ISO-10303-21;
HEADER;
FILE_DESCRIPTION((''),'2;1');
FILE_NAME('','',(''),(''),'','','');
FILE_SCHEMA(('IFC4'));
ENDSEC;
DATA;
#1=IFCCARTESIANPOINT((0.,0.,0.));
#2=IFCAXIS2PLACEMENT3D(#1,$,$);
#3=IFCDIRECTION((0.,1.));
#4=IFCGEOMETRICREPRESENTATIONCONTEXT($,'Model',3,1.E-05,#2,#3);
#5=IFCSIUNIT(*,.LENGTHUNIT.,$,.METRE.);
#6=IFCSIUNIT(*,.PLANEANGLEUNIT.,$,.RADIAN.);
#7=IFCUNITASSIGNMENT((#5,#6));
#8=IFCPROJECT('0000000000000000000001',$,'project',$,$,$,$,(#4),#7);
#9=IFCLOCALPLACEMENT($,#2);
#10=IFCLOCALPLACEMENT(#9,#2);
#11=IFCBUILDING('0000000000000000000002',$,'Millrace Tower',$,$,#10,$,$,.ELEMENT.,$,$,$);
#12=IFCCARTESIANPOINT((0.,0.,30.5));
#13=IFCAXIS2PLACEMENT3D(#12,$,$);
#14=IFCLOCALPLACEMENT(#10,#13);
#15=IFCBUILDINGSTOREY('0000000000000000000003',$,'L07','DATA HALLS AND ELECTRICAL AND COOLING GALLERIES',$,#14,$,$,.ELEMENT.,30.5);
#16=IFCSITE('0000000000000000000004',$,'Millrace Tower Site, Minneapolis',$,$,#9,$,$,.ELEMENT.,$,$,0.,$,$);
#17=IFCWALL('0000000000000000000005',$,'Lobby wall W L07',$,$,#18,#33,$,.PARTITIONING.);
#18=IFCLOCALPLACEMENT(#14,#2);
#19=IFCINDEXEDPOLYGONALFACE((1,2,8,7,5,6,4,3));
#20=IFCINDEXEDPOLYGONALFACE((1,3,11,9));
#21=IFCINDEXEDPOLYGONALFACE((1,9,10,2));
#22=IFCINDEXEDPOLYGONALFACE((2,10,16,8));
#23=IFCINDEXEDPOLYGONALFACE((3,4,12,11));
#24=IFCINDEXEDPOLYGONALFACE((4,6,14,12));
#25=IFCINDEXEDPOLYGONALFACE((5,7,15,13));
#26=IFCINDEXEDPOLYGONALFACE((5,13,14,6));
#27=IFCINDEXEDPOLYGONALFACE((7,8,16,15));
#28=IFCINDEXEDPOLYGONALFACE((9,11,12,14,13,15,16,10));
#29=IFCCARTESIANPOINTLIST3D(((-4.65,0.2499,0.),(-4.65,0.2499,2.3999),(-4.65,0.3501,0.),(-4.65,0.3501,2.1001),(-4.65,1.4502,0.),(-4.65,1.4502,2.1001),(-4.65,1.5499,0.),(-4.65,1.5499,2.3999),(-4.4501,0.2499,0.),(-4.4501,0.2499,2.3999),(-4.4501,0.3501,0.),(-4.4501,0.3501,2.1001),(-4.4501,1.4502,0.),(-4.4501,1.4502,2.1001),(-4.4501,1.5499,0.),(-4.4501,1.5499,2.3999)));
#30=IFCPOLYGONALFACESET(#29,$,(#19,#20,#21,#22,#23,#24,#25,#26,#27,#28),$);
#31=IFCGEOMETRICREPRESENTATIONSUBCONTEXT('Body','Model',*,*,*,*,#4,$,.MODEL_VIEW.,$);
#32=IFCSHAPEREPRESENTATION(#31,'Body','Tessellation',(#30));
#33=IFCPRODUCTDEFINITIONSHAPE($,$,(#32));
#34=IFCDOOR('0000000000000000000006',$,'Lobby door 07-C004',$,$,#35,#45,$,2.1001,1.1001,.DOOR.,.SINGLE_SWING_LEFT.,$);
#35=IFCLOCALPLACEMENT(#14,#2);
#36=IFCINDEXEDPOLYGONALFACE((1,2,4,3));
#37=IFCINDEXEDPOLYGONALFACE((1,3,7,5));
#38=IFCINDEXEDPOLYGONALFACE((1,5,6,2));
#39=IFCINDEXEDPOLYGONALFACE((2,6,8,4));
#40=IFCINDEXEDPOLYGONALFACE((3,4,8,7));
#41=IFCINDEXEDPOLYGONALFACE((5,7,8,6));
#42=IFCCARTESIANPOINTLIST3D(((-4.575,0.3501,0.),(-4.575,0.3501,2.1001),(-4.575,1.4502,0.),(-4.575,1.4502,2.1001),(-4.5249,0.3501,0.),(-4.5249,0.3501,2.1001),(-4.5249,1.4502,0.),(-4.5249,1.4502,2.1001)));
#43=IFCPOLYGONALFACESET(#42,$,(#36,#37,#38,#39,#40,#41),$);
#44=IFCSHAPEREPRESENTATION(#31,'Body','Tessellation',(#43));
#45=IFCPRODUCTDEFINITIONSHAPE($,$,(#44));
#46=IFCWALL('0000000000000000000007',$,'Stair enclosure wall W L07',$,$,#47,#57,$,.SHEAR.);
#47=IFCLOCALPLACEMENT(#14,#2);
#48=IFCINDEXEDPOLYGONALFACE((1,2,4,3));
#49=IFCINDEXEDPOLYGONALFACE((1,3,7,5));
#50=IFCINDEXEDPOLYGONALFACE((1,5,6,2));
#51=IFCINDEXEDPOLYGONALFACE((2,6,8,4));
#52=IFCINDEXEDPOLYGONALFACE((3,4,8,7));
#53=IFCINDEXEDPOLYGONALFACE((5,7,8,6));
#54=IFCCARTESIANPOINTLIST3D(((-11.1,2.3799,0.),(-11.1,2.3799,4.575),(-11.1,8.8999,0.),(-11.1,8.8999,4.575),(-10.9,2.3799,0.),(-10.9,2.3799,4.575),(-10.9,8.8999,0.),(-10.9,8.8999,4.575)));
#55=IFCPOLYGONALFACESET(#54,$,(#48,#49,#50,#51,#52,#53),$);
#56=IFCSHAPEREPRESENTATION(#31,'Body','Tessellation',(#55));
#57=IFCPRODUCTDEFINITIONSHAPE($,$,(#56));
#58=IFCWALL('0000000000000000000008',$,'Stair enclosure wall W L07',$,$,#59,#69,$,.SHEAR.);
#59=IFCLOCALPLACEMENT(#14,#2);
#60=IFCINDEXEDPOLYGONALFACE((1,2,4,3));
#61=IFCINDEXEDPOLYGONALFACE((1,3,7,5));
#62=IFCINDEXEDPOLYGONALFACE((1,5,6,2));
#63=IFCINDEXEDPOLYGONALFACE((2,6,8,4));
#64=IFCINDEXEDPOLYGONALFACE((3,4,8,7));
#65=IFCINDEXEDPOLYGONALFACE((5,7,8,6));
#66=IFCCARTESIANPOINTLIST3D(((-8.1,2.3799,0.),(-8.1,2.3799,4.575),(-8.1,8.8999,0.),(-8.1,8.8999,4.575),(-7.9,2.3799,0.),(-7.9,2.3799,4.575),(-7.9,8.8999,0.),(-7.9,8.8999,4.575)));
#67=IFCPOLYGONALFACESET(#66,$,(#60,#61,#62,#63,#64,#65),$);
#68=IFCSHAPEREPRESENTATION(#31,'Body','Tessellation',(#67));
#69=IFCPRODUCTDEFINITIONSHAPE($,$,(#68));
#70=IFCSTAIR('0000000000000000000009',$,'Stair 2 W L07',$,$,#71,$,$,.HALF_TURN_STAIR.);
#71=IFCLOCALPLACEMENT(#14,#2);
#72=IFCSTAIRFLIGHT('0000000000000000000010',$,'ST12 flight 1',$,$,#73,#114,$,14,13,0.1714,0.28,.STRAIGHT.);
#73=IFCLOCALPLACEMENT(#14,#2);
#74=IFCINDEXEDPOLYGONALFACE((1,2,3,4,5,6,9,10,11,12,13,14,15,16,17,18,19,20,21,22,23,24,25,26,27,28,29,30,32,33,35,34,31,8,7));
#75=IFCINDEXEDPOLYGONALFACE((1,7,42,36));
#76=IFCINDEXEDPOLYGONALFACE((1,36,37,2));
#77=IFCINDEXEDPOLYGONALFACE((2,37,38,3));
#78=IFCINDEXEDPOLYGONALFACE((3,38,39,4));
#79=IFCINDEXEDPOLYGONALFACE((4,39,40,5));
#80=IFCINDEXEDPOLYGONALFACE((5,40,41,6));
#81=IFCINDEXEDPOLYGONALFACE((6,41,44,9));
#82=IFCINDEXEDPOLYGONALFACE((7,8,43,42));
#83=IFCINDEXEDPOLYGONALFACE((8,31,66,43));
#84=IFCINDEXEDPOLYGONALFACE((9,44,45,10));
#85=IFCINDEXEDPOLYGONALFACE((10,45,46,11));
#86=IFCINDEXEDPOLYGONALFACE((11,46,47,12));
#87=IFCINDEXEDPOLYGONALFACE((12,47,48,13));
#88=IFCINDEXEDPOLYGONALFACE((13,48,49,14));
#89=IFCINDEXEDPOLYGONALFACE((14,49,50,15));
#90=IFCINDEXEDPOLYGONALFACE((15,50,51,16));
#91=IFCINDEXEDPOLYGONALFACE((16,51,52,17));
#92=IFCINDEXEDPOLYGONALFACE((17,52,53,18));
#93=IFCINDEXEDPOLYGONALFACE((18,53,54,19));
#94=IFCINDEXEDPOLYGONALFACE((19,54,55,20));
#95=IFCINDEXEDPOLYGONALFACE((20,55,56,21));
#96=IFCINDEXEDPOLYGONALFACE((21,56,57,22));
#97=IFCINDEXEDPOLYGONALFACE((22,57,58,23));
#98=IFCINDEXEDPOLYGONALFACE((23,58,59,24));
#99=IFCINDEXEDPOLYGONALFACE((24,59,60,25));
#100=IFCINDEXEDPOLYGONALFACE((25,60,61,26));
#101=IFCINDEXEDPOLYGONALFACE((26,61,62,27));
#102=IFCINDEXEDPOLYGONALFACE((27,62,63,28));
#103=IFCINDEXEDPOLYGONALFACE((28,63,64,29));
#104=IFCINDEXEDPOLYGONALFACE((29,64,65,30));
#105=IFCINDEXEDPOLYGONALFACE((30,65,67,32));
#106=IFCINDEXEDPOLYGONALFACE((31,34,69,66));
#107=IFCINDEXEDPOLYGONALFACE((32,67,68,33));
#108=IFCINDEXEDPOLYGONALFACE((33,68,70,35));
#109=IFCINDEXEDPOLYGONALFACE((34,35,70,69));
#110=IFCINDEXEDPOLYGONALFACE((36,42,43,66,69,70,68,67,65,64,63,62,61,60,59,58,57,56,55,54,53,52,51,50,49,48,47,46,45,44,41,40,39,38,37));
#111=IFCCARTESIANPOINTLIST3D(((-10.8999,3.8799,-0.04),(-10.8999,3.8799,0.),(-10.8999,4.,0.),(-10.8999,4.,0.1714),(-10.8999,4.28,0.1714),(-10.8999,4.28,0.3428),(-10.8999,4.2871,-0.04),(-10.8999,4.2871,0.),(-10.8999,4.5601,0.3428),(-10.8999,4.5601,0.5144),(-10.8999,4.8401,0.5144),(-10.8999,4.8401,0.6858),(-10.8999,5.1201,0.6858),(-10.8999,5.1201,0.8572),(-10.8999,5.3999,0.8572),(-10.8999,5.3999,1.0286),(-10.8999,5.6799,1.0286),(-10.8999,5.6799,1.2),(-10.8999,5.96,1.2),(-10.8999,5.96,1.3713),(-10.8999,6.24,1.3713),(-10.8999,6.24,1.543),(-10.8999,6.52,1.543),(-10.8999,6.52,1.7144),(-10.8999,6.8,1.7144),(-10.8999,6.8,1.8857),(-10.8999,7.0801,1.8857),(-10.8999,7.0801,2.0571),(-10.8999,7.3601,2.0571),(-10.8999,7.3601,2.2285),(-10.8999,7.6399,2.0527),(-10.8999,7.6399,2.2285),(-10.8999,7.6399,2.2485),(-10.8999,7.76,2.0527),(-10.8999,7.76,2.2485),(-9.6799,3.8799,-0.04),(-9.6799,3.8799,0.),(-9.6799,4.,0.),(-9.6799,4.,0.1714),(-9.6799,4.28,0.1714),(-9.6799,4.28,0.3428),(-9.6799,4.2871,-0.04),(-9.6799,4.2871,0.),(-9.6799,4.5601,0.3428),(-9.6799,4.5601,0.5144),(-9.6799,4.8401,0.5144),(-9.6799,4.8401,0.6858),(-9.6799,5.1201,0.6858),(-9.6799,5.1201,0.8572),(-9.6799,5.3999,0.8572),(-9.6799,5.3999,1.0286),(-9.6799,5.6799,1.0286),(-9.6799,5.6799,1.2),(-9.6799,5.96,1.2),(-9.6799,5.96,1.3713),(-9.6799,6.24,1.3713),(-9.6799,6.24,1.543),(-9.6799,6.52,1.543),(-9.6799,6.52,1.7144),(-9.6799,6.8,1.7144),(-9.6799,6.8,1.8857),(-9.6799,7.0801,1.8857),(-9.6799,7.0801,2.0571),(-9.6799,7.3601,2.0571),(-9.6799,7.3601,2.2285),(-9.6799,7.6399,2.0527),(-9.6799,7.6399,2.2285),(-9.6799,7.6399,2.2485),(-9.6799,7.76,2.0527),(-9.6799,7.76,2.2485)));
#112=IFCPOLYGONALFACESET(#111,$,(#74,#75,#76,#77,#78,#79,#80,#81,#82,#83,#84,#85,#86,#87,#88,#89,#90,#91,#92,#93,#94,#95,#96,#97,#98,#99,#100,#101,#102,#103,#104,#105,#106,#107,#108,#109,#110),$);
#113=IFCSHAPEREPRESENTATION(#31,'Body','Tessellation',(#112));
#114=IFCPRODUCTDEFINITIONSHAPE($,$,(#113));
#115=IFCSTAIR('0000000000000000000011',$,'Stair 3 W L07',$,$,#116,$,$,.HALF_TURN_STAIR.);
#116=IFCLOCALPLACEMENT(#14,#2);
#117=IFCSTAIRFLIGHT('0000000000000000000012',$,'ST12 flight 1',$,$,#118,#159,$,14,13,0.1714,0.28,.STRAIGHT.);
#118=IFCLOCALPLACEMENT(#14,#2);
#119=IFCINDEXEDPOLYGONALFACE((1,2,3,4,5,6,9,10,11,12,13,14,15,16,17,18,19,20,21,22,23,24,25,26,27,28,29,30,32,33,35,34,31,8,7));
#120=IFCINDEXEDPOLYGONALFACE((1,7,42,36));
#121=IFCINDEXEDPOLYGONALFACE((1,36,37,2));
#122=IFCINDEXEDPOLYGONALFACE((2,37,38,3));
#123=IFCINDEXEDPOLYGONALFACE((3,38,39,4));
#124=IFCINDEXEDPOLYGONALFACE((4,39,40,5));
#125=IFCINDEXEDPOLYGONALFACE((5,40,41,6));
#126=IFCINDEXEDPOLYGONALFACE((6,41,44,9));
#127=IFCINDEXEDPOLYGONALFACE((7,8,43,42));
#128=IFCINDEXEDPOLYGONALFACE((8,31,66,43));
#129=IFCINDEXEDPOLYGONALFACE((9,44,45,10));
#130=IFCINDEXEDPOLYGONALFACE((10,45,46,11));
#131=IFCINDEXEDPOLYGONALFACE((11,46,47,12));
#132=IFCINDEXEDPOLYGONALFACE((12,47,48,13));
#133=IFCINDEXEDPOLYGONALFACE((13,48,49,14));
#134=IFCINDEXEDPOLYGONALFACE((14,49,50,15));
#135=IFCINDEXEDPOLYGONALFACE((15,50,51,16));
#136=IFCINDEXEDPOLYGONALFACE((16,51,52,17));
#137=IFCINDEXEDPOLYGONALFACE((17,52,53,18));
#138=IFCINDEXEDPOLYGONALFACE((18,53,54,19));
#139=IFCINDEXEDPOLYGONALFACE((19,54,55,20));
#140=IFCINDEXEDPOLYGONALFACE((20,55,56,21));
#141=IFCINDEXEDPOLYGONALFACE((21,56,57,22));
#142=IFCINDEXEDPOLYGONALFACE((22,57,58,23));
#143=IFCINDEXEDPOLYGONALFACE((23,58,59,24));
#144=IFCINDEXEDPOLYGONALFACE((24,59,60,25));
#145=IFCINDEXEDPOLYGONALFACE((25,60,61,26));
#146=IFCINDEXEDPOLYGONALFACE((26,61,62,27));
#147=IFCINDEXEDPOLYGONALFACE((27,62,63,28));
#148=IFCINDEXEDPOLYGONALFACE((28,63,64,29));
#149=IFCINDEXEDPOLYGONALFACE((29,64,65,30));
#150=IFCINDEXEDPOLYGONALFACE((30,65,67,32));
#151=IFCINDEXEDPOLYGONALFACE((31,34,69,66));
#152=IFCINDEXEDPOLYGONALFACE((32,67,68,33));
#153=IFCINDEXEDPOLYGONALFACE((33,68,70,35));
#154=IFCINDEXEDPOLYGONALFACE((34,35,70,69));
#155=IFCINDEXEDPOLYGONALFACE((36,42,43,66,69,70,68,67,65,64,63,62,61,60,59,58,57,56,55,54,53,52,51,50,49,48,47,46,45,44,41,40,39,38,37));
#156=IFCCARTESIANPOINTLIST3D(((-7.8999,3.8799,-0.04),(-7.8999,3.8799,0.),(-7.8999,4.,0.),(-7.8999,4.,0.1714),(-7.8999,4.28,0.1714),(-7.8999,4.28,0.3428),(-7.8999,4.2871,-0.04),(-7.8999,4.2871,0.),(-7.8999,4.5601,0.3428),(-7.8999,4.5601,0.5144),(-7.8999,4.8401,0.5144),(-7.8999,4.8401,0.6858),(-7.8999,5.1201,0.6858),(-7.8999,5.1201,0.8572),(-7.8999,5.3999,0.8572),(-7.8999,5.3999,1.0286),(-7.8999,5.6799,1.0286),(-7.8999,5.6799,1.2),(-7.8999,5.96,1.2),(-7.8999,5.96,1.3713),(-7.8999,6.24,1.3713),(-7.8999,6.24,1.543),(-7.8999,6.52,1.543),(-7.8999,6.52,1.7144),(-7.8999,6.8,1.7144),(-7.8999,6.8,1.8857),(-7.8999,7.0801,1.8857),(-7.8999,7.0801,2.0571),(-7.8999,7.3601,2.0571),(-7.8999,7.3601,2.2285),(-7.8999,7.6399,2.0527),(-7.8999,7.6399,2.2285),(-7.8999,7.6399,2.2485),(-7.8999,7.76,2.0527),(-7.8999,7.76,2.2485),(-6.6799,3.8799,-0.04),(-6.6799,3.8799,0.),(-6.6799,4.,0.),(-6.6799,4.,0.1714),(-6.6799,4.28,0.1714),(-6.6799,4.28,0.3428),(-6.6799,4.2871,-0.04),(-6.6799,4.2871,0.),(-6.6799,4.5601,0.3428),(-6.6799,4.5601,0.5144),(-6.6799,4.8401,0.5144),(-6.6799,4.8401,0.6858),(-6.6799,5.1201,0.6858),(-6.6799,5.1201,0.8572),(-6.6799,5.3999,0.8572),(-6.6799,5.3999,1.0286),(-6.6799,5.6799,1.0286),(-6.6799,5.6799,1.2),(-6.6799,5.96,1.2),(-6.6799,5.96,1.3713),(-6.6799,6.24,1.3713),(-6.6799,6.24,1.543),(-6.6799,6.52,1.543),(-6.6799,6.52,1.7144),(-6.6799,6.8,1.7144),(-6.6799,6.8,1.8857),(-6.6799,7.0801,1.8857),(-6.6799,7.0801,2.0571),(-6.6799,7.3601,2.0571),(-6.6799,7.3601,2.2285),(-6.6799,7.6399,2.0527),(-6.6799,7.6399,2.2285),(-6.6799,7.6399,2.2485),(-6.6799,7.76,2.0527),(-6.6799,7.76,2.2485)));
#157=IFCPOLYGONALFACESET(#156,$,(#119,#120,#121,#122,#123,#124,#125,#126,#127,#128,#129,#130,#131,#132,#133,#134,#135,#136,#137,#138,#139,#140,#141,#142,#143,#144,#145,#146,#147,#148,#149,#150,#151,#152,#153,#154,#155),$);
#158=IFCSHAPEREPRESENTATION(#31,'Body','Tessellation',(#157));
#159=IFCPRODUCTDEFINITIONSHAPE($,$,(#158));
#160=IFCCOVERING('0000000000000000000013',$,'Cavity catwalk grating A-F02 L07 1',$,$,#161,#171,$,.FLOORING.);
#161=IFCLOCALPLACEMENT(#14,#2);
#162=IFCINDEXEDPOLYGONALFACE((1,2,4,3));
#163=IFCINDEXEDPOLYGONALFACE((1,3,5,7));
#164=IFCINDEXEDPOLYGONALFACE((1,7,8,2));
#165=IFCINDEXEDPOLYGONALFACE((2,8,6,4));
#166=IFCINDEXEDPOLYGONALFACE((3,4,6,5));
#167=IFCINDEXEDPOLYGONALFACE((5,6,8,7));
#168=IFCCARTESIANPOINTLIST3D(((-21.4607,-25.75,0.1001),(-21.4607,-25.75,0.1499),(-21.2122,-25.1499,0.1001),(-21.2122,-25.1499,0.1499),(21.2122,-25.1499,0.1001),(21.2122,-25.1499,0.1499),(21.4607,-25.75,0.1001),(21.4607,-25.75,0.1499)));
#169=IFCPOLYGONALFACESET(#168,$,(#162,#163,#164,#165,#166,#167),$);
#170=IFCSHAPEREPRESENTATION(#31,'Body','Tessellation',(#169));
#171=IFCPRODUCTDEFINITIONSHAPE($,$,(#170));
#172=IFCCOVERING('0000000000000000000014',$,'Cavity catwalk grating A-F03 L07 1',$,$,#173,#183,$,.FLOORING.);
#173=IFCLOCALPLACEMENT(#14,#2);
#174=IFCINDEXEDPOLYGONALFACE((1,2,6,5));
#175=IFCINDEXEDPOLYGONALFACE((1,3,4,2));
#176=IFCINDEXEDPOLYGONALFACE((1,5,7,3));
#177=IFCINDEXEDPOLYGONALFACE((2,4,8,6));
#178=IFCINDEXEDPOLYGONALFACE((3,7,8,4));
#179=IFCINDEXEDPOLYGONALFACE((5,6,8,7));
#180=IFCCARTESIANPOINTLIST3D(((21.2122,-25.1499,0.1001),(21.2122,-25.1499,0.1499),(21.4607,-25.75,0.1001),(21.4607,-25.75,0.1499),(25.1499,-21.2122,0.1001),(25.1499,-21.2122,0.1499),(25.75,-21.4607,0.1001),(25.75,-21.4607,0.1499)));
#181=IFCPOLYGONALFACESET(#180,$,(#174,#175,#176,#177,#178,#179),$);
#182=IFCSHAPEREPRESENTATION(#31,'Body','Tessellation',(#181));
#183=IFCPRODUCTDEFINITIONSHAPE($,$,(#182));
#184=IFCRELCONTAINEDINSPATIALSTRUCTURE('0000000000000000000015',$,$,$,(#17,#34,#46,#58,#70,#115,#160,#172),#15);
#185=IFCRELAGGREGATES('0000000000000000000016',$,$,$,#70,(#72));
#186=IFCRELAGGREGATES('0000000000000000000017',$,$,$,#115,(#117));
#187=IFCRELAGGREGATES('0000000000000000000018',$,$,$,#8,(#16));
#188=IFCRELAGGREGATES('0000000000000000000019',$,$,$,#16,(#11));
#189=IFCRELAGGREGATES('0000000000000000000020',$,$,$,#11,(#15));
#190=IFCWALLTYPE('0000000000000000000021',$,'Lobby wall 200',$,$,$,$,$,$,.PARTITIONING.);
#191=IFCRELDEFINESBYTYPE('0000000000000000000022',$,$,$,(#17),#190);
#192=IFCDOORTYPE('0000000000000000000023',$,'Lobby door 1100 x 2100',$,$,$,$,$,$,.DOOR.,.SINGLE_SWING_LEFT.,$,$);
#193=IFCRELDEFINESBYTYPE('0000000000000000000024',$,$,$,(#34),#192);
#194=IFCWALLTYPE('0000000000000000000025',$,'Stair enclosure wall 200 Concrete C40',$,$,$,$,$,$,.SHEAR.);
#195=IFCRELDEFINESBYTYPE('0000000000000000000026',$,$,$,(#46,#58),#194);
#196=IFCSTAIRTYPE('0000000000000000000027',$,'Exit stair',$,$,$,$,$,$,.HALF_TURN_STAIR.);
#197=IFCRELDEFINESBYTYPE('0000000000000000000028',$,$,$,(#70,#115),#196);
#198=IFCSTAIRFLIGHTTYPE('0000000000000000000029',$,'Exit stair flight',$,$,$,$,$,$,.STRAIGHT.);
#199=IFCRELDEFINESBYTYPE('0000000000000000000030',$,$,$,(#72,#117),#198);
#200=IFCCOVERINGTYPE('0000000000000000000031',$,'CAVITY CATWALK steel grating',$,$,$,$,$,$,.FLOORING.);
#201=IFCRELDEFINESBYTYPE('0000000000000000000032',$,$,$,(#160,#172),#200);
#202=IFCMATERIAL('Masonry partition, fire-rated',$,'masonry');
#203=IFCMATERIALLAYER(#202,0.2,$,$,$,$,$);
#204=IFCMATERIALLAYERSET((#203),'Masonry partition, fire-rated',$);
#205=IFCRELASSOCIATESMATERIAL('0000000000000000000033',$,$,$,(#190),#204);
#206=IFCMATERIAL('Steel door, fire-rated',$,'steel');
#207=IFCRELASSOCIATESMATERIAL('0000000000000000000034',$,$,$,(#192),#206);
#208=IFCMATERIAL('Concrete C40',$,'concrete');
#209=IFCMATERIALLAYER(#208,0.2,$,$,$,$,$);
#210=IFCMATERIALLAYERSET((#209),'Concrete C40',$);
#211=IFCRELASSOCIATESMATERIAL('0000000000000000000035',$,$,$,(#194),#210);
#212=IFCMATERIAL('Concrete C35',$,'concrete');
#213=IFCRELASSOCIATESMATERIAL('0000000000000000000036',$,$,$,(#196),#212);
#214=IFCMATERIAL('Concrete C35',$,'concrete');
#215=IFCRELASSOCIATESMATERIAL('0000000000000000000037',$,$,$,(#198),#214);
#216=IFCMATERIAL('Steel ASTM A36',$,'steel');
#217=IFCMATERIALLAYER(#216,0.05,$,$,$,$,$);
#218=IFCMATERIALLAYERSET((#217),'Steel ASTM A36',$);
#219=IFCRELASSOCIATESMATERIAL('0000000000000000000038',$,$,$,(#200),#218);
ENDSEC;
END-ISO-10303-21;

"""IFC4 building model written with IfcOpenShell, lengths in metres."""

from ifc_helpers import new_model, si_unit, direction, frame, frame_2d, origin, place, context, subcontext, project, spatial, polyline, rectangle, outline, extrude, material, layer, layer_set, type_object, element, fill, aggregate, save


model = new_model("IFC4")

# Units and contexts
model_context = context("Model", 3, precision=1e-05, world=origin(), true_north=direction((0.0, 1.0)))
body_context = subcontext(model_context, "Body", "Model", "MODEL_VIEW")
ifc_project = project(units=[si_unit("LENGTHUNIT", "METRE"), si_unit("PLANEANGLEUNIT", "RADIAN")], contexts=[model_context])

# Site, building, storey
site_placement = place(None, origin())
site = spatial("IfcSite", under=ifc_project, at=site_placement, Name="Millrace Tower Site, Minneapolis", CompositionType="ELEMENT", RefElevation=0.0)
building_placement = place(site_placement, origin())
building = spatial("IfcBuilding", under=site, at=building_placement, Name="Millrace Tower", CompositionType="ELEMENT")
storey_placement = place(building_placement, frame((0.0, 0.0, 30.5)))
storey = spatial("IfcBuildingStorey", under=building, at=storey_placement, Name="L07", Description="DATA HALLS AND ELECTRICAL AND COOLING GALLERIES", CompositionType="ELEMENT", Elevation=30.5)

# Shared definitions
placement_1 = place(storey_placement, origin())

# Wall, opening, door
ifc_material_1 = material(Name="Masonry partition, fire-rated", Category="masonry")
ifc_layer_1 = layer(ifc_material_1, 0.2)
ifc_layer_set_1 = layer_set([ifc_layer_1], Name="Masonry partition, fire-rated")
wall_type_1 = type_object("IfcWallType", Name="Lobby wall 200", PredefinedType="PARTITIONING", material=ifc_layer_set_1)
wall_1_placement = place(storey_placement, frame((-4.55, 0.25, 0.0), z_axis=(0.0, 0.0, 1.0), x_axis=(0.0, 1.0, 0.0)))
wall_1 = element("IfcWall", 1, at=wall_1_placement, inside=storey, type_object=wall_type_1, Name="Lobby wall W L07", PredefinedType="PARTITIONING", context=body_context, shape_type="SweptSolid", body=[
    extrude(rectangle(XDim=1.3, YDim=0.2, at=frame_2d((0.6499, 0.0))), origin(), (0.0, 0.0, 1.0), 2.3999),
])
opening_placement = place(wall_1_placement, frame((0.1001, 0.0, 0.0)))
opening = element("IfcOpeningElement", 2, at=opening_placement, cuts=wall_1, PredefinedType="OPENING", context=body_context, shape_type="SweptSolid", body=[
    extrude(rectangle(XDim=1.1001, YDim=2.1001, at=frame_2d((0.55, 1.05))), frame((0.0, 0.1099, 0.0), z_axis=(0.0, -1.0, 0.0), x_axis=(1.0, 0.0, 0.0)), (0.0, 0.0, 1.0), 0.22),
])
ifc_material_2 = material(Name="Steel door, fire-rated", Category="steel")
door_type = type_object("IfcDoorType", Name="Lobby door 1100 x 2100", OperationType="SINGLE_SWING_LEFT", PredefinedType="DOOR", material=ifc_material_2)
door_placement = place(opening_placement, origin())
door = element("IfcDoor", 3, at=door_placement, inside=storey, type_object=door_type, Name="Lobby door 07-C004", OperationType="SINGLE_SWING_LEFT", OverallHeight=2.1001, OverallWidth=1.1001, PredefinedType="DOOR", context=body_context, shape_type="SweptSolid", body=[
    extrude(rectangle(XDim=1.1001, YDim=2.1001, at=frame_2d((0.55, 1.05))), frame((0.0, 0.0249, 0.0), z_axis=(0.0, -1.0, 0.0), x_axis=(1.0, 0.0, 0.0)), (0.0, 0.0, 1.0), 0.05),
])
fill(opening, door)

# Walls
ifc_material_3 = material(Name="Concrete C40", Category="concrete")
ifc_layer_2 = layer(ifc_material_3, 0.2)
ifc_layer_set_2 = layer_set([ifc_layer_2], Name="Concrete C40")
wall_type_2 = type_object("IfcWallType", Name="Stair enclosure wall 200 Concrete C40", PredefinedType="SHEAR", material=ifc_layer_set_2)
for number, where, z_axis, x_axis, name in (
    (4, (-11.0, 2.3799, 0.0), (0.0, 0.0, 1.0), (0.0, 1.0, 0.0), "Stair enclosure wall W L07"),
    (5, (-8.0, 2.3799, 0.0), (0.0, 0.0, 1.0), (0.0, 1.0, 0.0), "Stair enclosure wall W L07"),
):
    element("IfcWall", number, at=place(storey_placement, frame(where, z_axis=z_axis, x_axis=x_axis)), inside=storey, type_object=wall_type_2, Name=name, PredefinedType="SHEAR", context=body_context, shape_type="SweptSolid", body=[
        extrude(rectangle(XDim=6.52, YDim=0.2, at=frame_2d((3.26, 0.0))), origin(), (0.0, 0.0, 1.0), 4.575),
    ])

# Stairs, stair flights
ifc_material_4 = material(Name="Concrete C35", Category="concrete")
stair_type = type_object("IfcStairType", Name="Exit stair", PredefinedType="HALF_TURN_STAIR", material=ifc_material_4)
stair_1 = element("IfcStair", 6, at=placement_1, inside=storey, type_object=stair_type, Name="Stair 2 W L07", PredefinedType="HALF_TURN_STAIR")
ifc_material_5 = material(Name="Concrete C35", Category="concrete")
stair_flight_type = type_object("IfcStairFlightType", Name="Exit stair flight", PredefinedType="STRAIGHT", material=ifc_material_5)
stair_flight_1_placement = place(storey_placement, frame((-10.29, 4.0, 0.0), z_axis=(0.0, 0.0, 1.0), x_axis=(0.0, 1.0, 0.0)))
stair_flight_1 = element("IfcStairFlight", 7, at=stair_flight_1_placement, type_object=stair_flight_type, Name="ST12 flight 1", NumberOfRisers=14, NumberOfTreads=13, PredefinedType="STRAIGHT", RiserHeight=0.1714, TreadLength=0.28, context=body_context, shape_type="SweptSolid", body=[
    extrude(outline(polyline([(-0.1201, -0.04), (-0.1201, 0.0), (0.0, 0.0), (0.0, 0.1714), (0.28, 0.1714), (0.28, 0.3428), (0.5601, 0.3428), (0.5601, 0.5144), (0.8401, 0.5144), (0.8401, 0.6858), (1.1201, 0.6858), (1.1201, 0.8572), (1.3999, 0.8572), (1.3999, 1.0286), (1.6799, 1.0286), (1.6799, 1.2), (1.96, 1.2), (1.96, 1.3713), (2.24, 1.3713), (2.24, 1.543), (2.52, 1.543), (2.52, 1.7144), (2.8, 1.7144), (2.8, 1.8857), (3.0801, 1.8857), (3.0801, 2.0571), (3.3601, 2.0571), (3.3601, 2.2285), (3.6399, 2.2285), (3.6399, 2.2485), (3.76, 2.2485), (3.76, 2.0527), (3.6399, 2.0527), (0.2871, 0.0), (0.2871, -0.04), (-0.1201, -0.04)])), frame((0.0, 0.6099, 0.0), z_axis=(0.0, -1.0, 0.0), x_axis=(1.0, 0.0, 0.0)), (0.0, 0.0, 1.0), 1.22),
])
aggregate(stair_1, [stair_flight_1])
stair_2 = element("IfcStair", 8, at=placement_1, inside=storey, type_object=stair_type, Name="Stair 3 W L07", PredefinedType="HALF_TURN_STAIR")
stair_flight_2_placement = place(storey_placement, frame((-7.29, 4.0, 0.0), z_axis=(0.0, 0.0, 1.0), x_axis=(0.0, 1.0, 0.0)))
stair_flight_2 = element("IfcStairFlight", 9, at=stair_flight_2_placement, type_object=stair_flight_type, Name="ST12 flight 1", NumberOfRisers=14, NumberOfTreads=13, PredefinedType="STRAIGHT", RiserHeight=0.1714, TreadLength=0.28, context=body_context, shape_type="SweptSolid", body=[
    extrude(outline(polyline([(-0.1201, -0.04), (-0.1201, 0.0), (0.0, 0.0), (0.0, 0.1714), (0.28, 0.1714), (0.28, 0.3428), (0.5601, 0.3428), (0.5601, 0.5144), (0.8401, 0.5144), (0.8401, 0.6858), (1.1201, 0.6858), (1.1201, 0.8572), (1.3999, 0.8572), (1.3999, 1.0286), (1.6799, 1.0286), (1.6799, 1.2), (1.96, 1.2), (1.96, 1.3713), (2.24, 1.3713), (2.24, 1.543), (2.52, 1.543), (2.52, 1.7144), (2.8, 1.7144), (2.8, 1.8857), (3.0801, 1.8857), (3.0801, 2.0571), (3.3601, 2.0571), (3.3601, 2.2285), (3.6399, 2.2285), (3.6399, 2.2485), (3.76, 2.2485), (3.76, 2.0527), (3.6399, 2.0527), (0.2871, 0.0), (0.2871, -0.04), (-0.1201, -0.04)])), frame((0.0, 0.6099, 0.0), z_axis=(0.0, -1.0, 0.0), x_axis=(1.0, 0.0, 0.0)), (0.0, 0.0, 1.0), 1.22),
])
aggregate(stair_2, [stair_flight_2])

# Coverings
ifc_material_6 = material(Name="Steel ASTM A36", Category="steel")
ifc_layer_3 = layer(ifc_material_6, 0.05)
ifc_layer_set_3 = layer_set([ifc_layer_3], Name="Steel ASTM A36")
covering_type = type_object("IfcCoveringType", Name="CAVITY CATWALK steel grating", PredefinedType="FLOORING", material=ifc_layer_set_3)
placement_2 = place(storey_placement, frame((0.0, 0.0, 0.1001)))
element("IfcCovering", 10, at=placement_2, inside=storey, type_object=covering_type, Name="Cavity catwalk grating A-F02 L07 1", PredefinedType="FLOORING", context=body_context, shape_type="SweptSolid", body=[
    extrude(outline(polyline([(-21.4607, -25.75), (21.4607, -25.75), (21.2122, -25.1499), (-21.2122, -25.1499), (-21.4607, -25.75)])), origin(), (0.0, 0.0, 1.0), 0.0498),
])
element("IfcCovering", 11, at=placement_2, inside=storey, type_object=covering_type, Name="Cavity catwalk grating A-F03 L07 1", PredefinedType="FLOORING", context=body_context, shape_type="SweptSolid", body=[
    extrude(outline(polyline([(21.4607, -25.75), (25.75, -21.4607), (25.1499, -21.2122), (21.2122, -25.1499), (21.4607, -25.75)])), origin(), (0.0, 0.0, 1.0), 0.0498),
])

save(model, "model.ifc")
